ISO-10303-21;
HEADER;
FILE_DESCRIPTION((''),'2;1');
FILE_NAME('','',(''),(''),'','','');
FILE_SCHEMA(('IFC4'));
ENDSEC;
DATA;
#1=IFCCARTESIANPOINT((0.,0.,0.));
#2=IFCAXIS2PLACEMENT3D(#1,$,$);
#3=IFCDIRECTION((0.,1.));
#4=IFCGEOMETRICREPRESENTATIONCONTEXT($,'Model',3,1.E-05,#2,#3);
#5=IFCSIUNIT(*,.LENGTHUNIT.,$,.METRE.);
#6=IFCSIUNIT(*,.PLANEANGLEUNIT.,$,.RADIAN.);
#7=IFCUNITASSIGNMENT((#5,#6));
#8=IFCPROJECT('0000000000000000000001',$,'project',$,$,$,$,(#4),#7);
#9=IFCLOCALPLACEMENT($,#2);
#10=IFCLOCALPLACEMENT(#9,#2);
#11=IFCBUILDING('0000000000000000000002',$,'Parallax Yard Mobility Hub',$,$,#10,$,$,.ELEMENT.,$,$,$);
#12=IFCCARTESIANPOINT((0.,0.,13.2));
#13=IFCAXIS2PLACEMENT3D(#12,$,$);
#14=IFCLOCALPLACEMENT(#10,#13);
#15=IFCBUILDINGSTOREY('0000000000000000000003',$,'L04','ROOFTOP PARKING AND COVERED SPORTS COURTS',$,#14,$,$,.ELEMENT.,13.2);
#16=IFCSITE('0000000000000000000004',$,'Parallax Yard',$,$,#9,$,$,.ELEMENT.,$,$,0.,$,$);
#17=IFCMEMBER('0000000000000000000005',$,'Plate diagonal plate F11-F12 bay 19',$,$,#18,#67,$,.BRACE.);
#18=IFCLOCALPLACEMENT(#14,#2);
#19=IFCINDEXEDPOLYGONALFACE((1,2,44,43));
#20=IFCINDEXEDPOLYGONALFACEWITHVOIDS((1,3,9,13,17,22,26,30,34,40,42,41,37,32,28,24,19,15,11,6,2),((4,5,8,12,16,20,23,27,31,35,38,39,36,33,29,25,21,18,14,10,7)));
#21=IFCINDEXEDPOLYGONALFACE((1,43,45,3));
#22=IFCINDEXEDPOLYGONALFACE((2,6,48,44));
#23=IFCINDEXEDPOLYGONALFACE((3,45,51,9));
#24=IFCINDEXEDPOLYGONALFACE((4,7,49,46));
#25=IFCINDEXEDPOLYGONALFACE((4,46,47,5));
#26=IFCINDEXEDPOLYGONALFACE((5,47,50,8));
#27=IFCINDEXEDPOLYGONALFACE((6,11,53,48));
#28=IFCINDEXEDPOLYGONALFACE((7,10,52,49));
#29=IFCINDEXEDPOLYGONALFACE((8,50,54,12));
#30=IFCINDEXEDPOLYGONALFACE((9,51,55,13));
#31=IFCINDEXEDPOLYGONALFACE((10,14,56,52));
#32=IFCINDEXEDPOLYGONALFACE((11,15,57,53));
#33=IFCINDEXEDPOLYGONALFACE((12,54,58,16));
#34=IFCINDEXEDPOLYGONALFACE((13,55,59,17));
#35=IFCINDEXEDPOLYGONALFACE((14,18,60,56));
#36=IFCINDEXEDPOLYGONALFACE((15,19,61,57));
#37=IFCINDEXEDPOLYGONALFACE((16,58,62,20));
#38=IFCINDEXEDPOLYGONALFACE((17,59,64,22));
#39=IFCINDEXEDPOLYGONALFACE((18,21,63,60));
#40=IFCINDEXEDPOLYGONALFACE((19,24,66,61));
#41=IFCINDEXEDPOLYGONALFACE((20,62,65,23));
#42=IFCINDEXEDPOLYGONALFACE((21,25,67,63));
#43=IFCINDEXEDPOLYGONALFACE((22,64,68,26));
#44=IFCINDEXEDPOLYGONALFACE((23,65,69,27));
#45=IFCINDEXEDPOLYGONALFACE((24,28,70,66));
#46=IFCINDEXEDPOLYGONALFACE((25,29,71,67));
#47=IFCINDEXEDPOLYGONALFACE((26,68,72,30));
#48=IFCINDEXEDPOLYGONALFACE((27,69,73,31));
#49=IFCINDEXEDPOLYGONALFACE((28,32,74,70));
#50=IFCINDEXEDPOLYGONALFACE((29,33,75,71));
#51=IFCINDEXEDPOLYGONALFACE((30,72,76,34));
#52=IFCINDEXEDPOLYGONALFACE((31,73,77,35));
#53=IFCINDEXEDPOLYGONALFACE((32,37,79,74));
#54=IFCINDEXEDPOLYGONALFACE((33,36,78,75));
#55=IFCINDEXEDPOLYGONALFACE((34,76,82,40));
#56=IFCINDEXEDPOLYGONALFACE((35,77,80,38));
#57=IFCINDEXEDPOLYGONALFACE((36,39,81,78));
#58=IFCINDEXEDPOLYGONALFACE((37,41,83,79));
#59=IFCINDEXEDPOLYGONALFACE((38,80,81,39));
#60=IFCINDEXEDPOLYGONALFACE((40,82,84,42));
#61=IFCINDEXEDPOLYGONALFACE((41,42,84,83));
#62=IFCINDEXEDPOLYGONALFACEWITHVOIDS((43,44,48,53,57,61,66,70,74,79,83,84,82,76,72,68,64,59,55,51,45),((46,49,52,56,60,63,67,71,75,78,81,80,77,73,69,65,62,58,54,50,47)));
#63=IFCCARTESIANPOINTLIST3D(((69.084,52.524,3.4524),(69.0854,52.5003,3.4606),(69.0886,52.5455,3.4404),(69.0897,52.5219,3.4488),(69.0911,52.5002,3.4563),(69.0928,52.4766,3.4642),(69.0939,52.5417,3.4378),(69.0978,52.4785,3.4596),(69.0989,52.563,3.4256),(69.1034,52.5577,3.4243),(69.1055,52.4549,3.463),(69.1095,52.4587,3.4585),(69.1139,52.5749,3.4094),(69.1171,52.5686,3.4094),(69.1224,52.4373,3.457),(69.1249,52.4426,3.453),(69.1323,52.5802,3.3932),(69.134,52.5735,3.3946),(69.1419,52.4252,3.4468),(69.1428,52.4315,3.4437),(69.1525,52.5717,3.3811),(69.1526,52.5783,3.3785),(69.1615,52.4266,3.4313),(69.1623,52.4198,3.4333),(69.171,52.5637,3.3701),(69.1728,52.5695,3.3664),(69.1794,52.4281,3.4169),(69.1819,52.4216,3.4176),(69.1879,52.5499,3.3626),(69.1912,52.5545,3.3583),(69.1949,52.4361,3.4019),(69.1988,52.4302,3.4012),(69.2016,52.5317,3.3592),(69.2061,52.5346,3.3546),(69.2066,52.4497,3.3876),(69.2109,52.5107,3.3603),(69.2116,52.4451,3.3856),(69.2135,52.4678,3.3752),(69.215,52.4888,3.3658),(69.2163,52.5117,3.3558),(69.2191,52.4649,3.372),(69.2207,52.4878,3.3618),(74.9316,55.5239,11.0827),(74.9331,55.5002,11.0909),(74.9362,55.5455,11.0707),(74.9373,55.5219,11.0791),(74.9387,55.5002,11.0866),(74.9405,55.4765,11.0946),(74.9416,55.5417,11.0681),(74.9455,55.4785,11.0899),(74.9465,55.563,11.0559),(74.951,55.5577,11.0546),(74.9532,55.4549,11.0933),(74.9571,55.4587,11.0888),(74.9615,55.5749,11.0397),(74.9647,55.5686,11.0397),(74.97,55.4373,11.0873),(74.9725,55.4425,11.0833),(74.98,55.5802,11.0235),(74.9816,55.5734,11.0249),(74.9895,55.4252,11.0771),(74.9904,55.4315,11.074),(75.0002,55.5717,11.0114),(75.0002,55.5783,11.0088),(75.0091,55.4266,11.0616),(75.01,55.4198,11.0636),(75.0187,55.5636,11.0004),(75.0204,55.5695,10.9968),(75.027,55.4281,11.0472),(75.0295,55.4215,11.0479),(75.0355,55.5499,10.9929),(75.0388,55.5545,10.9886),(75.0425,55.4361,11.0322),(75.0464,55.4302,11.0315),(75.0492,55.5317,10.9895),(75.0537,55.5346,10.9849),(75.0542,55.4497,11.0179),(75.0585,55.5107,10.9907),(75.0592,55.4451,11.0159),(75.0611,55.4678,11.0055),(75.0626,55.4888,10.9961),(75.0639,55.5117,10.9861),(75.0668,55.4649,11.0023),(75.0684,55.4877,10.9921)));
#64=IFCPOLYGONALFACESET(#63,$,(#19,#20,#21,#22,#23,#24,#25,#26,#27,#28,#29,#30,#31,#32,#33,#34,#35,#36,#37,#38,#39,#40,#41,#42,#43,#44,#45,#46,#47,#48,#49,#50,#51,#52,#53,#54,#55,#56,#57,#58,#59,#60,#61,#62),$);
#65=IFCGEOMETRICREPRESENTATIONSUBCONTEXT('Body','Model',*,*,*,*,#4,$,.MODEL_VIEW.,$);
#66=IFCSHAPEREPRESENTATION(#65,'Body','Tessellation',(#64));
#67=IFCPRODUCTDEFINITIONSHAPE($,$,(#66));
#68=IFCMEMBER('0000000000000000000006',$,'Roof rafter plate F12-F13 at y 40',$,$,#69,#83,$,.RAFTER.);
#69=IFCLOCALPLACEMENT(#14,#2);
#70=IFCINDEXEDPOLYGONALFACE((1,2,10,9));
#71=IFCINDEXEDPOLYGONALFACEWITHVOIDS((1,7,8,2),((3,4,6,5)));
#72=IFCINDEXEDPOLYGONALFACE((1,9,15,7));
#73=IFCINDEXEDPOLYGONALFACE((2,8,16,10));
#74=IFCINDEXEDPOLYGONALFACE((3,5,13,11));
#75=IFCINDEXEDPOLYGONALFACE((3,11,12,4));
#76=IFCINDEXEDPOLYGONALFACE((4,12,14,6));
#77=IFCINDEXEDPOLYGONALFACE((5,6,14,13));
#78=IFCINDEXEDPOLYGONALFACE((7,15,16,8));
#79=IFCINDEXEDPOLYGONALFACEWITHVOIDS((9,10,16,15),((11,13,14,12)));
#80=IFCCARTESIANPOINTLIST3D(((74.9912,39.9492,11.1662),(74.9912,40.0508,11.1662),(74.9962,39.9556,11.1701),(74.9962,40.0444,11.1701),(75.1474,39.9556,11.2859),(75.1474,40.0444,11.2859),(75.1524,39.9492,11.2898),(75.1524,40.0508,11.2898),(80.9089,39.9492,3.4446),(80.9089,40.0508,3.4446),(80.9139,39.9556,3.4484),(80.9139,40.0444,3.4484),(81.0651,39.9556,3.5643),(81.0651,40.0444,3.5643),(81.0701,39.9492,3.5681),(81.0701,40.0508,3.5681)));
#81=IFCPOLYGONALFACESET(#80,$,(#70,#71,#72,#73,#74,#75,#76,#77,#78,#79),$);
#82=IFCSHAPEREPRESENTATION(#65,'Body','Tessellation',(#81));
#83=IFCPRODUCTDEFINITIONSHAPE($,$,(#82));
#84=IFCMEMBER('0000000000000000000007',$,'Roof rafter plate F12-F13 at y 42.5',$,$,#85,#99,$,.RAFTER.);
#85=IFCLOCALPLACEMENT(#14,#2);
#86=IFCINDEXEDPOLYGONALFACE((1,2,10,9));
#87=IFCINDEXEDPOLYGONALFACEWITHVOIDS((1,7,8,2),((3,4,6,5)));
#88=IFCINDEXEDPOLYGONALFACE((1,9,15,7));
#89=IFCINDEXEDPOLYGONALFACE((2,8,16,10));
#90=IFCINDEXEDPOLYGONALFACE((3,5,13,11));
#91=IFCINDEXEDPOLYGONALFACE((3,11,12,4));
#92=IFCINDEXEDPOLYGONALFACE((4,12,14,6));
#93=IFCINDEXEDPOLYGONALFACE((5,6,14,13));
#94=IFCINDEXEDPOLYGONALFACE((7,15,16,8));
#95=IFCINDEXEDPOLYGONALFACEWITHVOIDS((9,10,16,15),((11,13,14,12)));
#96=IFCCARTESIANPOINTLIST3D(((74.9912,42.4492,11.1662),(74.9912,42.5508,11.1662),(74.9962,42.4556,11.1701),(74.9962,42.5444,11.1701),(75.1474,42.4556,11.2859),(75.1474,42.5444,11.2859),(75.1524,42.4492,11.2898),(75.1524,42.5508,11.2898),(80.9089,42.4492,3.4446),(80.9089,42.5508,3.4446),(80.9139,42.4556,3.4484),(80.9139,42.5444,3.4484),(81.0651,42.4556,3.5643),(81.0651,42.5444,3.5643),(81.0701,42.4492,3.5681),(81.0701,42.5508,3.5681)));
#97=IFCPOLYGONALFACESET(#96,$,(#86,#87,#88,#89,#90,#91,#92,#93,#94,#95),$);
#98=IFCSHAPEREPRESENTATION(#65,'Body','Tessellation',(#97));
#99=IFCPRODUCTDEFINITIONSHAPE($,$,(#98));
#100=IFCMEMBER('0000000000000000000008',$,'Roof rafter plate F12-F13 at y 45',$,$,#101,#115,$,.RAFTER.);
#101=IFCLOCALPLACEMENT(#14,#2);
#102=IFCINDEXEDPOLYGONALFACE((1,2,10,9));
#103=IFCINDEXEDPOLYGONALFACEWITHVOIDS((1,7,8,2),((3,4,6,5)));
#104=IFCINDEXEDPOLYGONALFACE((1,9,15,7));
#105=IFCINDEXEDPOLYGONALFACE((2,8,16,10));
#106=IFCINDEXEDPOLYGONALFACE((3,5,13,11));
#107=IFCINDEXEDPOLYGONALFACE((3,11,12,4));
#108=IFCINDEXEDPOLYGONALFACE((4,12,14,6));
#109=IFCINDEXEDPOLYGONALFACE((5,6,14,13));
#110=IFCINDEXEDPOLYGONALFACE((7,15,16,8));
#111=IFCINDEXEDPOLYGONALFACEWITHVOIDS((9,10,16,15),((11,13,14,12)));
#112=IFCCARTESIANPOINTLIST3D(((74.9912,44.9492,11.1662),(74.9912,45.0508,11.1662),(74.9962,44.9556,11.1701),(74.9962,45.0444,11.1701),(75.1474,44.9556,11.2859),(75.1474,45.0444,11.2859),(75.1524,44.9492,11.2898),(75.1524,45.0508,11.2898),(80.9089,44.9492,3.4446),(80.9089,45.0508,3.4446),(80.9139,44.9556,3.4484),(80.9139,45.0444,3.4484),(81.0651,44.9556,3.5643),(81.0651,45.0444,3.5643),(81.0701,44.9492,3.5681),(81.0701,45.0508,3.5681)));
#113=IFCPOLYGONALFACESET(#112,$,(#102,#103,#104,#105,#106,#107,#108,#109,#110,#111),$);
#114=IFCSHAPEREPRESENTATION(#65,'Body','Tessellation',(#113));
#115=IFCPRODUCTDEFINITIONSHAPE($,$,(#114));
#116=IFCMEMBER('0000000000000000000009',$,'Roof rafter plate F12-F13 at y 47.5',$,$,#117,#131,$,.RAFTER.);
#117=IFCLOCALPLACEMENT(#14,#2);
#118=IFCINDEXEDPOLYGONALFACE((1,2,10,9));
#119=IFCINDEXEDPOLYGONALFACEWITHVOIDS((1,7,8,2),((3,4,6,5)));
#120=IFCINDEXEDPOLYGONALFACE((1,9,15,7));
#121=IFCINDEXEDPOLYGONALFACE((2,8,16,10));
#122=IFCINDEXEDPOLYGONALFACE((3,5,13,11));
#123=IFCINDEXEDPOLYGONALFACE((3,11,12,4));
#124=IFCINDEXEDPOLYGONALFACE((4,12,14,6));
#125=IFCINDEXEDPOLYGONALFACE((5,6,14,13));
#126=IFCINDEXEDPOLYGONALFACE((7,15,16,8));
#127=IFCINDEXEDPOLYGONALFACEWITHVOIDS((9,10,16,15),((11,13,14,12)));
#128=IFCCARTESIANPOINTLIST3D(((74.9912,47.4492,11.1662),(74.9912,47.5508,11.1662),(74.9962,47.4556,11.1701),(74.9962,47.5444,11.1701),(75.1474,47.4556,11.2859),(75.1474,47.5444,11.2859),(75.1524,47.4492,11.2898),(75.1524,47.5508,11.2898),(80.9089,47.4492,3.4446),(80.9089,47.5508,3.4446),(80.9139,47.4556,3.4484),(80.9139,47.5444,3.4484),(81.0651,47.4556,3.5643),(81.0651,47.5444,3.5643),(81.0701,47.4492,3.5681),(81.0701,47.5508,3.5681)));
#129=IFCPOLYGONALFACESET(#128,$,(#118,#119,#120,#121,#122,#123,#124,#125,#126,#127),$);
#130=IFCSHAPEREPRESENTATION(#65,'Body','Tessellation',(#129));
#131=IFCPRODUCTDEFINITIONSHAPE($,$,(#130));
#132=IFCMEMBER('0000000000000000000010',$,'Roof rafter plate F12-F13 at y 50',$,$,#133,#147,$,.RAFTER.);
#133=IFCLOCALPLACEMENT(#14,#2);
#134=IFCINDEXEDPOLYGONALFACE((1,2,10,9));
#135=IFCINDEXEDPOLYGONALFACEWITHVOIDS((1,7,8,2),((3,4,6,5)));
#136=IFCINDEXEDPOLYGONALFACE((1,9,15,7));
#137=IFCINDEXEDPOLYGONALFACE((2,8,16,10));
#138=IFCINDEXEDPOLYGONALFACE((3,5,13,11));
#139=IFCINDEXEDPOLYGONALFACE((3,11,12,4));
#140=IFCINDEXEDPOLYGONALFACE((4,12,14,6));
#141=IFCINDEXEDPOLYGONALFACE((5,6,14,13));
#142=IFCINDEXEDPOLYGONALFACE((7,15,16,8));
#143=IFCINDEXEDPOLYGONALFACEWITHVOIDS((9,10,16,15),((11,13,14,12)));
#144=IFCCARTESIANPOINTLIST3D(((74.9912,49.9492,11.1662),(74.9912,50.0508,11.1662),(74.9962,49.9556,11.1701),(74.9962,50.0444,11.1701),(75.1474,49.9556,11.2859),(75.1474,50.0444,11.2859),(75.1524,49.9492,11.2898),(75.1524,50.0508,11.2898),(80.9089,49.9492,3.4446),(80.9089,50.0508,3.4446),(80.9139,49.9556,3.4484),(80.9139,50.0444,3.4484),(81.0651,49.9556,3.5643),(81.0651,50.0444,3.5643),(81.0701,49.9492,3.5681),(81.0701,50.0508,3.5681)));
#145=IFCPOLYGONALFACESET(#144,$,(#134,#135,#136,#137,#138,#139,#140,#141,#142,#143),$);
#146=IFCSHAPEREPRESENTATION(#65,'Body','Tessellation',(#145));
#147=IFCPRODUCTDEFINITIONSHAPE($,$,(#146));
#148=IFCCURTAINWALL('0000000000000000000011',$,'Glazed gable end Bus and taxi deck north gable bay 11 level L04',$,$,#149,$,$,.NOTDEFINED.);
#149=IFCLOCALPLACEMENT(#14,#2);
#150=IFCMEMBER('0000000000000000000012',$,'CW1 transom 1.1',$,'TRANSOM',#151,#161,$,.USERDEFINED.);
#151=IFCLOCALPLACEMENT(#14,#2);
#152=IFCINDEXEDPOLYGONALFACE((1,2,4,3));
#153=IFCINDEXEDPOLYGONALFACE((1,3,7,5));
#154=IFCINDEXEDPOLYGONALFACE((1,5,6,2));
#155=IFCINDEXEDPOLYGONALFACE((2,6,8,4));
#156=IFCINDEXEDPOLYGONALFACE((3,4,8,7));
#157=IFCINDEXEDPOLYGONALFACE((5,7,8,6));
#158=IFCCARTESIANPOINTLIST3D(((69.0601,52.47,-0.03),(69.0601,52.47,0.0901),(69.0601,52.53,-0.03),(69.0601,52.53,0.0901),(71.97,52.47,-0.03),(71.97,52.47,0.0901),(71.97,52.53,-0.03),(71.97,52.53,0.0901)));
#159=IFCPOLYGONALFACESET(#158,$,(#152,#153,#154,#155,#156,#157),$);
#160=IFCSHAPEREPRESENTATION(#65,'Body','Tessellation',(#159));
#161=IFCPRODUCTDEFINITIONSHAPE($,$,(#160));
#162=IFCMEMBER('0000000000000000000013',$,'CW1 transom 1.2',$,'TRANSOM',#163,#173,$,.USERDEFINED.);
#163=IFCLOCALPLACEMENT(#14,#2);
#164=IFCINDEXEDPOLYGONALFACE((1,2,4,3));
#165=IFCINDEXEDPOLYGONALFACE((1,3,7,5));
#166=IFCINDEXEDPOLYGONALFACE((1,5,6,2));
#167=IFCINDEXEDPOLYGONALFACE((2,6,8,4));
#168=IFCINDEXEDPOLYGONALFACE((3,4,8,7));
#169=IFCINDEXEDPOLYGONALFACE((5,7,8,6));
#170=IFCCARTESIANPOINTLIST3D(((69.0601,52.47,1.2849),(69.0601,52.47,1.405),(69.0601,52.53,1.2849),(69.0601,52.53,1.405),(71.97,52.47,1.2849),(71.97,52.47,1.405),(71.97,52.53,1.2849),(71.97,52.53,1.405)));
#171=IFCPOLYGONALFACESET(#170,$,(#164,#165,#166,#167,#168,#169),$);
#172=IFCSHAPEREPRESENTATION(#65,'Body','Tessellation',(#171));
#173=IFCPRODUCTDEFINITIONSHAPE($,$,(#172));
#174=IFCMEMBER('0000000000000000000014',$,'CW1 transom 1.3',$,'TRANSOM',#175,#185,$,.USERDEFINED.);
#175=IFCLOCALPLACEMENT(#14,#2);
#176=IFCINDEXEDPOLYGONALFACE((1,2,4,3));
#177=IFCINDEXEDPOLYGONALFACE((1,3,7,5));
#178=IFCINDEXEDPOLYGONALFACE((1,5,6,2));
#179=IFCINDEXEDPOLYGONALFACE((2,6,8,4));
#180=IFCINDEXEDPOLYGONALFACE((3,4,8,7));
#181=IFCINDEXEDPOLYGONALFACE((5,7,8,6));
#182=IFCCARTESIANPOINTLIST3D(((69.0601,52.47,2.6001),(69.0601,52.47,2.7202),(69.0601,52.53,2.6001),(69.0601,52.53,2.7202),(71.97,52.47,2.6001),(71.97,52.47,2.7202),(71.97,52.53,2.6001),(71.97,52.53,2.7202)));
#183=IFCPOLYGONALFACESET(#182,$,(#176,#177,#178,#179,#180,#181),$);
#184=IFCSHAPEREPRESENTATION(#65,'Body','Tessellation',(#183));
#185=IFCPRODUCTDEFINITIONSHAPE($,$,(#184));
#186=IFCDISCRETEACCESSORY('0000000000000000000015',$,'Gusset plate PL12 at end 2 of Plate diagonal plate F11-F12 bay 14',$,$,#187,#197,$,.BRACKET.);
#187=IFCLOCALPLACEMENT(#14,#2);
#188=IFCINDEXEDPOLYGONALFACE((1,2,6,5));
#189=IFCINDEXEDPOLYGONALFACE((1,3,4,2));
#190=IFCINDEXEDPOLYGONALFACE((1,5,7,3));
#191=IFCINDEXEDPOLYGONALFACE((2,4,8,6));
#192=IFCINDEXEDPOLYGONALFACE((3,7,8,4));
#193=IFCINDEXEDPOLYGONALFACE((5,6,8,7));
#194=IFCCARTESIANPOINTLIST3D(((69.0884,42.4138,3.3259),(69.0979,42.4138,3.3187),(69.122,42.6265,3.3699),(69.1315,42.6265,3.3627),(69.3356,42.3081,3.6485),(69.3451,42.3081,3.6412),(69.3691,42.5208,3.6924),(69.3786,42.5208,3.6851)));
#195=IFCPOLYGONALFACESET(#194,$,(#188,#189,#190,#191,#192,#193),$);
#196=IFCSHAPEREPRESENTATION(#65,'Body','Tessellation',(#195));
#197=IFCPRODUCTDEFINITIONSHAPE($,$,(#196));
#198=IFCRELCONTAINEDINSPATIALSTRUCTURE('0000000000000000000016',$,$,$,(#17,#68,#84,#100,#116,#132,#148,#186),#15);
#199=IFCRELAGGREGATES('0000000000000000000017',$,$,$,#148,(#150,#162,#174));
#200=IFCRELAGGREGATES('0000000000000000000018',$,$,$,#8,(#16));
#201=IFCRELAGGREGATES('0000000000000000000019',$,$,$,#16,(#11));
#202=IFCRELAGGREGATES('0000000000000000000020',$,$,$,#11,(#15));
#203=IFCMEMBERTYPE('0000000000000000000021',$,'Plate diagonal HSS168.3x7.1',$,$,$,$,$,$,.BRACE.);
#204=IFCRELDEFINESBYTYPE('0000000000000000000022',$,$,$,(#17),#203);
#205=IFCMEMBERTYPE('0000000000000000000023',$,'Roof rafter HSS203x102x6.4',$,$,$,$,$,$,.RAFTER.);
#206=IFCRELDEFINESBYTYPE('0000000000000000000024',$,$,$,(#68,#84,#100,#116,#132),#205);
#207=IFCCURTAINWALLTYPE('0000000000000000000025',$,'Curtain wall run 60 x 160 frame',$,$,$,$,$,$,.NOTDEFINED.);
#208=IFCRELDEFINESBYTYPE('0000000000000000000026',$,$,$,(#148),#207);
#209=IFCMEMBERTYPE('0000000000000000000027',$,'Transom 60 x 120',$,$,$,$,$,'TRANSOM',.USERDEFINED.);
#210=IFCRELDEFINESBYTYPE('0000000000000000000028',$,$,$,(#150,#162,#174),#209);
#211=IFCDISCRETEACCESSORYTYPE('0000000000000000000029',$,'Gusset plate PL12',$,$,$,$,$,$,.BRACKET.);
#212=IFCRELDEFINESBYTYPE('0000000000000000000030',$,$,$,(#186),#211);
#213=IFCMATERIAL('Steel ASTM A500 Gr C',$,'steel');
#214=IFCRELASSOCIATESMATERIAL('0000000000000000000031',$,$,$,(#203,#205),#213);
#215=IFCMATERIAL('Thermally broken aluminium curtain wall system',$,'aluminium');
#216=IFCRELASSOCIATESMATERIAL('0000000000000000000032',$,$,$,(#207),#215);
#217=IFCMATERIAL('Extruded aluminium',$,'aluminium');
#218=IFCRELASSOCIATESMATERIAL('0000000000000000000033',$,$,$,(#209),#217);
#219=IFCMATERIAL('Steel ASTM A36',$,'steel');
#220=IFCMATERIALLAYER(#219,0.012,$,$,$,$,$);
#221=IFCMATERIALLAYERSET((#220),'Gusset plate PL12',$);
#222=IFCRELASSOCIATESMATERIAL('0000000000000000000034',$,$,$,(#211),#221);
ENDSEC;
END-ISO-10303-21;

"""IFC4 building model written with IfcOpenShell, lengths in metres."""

from ifc_helpers import new_model, si_unit, direction, frame, origin, origin_2d, place, context, subcontext, project, spatial, polyline, rectangle, hollow_rectangle, hollow_circle, outline, extrude, material, layer, layer_set, material_profile, profile_set, type_object, element, aggregate, save


model = new_model("IFC4")

# Units and contexts
model_context = context("Model", 3, precision=1e-05, world=origin(), true_north=direction((0.0, 1.0)))
body_context = subcontext(model_context, "Body", "Model", "MODEL_VIEW")
ifc_project = project(units=[si_unit("LENGTHUNIT", "METRE"), si_unit("PLANEANGLEUNIT", "RADIAN")], contexts=[model_context])

# Site, building, storey
site_placement = place(None, origin())
site = spatial("IfcSite", under=ifc_project, at=site_placement, Name="Parallax Yard", CompositionType="ELEMENT", RefElevation=0.0)
building_placement = place(site_placement, origin())
building = spatial("IfcBuilding", under=site, at=building_placement, Name="Parallax Yard Mobility Hub", CompositionType="ELEMENT")
storey_placement = place(building_placement, frame((0.0, 0.0, 13.2)))
storey = spatial("IfcBuildingStorey", under=building, at=storey_placement, Name="L04", Description="ROOFTOP PARKING AND COVERED SPORTS COURTS", CompositionType="ELEMENT", Elevation=13.2)

# Members
ifc_material_1 = material(Name="Steel ASTM A500 Gr C", Category="steel")
ifc_material_profile_1 = material_profile(ifc_material_1, hollow_circle(Radius=0.0842, WallThickness=0.0071, at=origin_2d()), Name="HSS168.3x7.1")
ifc_profile_set_1 = profile_set([ifc_material_profile_1], Name="Steel ASTM A500 Gr C")
member_type_1 = type_object("IfcMemberType", Name="Plate diagonal HSS168.3x7.1", PredefinedType="BRACE", material=ifc_profile_set_1)
member_1_placement = place(storey_placement, frame((69.1523, 52.5, 3.4094), z_axis=(0.580664, 0.297896, 0.757685), x_axis=(-0.456461, 0.889743, 0.0)))
element("IfcMember", 1, at=member_1_placement, inside=storey, type_object=member_type_1, Name="Plate diagonal plate F11-F12 bay 19", PredefinedType="BRACE", context=body_context, shape_type="SweptSolid", body=[
    extrude(hollow_circle(Radius=0.0842, WallThickness=0.0071, at=origin_2d()), origin(), (0.0, 0.0, 1.0), 10.0706),
])
ifc_material_profile_2 = material_profile(ifc_material_1, hollow_rectangle(XDim=0.1016, YDim=0.2031, WallThickness=0.0063, at=origin_2d()), Name="HSS203x102x6.4")
ifc_profile_set_2 = profile_set([ifc_material_profile_2], Name="Steel ASTM A500 Gr C")
member_type_2 = type_object("IfcMemberType", Name="Roof rafter HSS203x102x6.4", PredefinedType="RAFTER", material=ifc_profile_set_2)
for number, where, z_axis, x_axis, name in (
    (2, (75.0718, 40.0, 11.228), (0.608287, 0.0, -0.793717), (0.0, 1.0, 0.0), "Roof rafter plate F12-F13 at y 40"),
    (3, (75.0718, 42.5, 11.228), (0.608287, 0.0, -0.793717), (0.0, 1.0, 0.0), "Roof rafter plate F12-F13 at y 42.5"),
    (4, (75.0718, 45.0, 11.228), (0.608287, 0.0, -0.793717), (0.0, 1.0, 0.0), "Roof rafter plate F12-F13 at y 45"),
    (5, (75.0718, 47.5, 11.228), (0.608287, 0.0, -0.793717), (0.0, 1.0, 0.0), "Roof rafter plate F12-F13 at y 47.5"),
    (6, (75.0718, 50.0, 11.228), (0.608287, 0.0, -0.793717), (0.0, 1.0, 0.0), "Roof rafter plate F12-F13 at y 50"),
):
    element("IfcMember", number, at=place(storey_placement, frame(where, z_axis=z_axis, x_axis=x_axis)), inside=storey, type_object=member_type_2, Name=name, PredefinedType="RAFTER", context=body_context, shape_type="SweptSolid", body=[
        extrude(hollow_rectangle(XDim=0.1016, YDim=0.2031, WallThickness=0.0063, at=origin_2d()), origin(), (0.0, 0.0, 1.0), 9.7285),
    ])

# Curtain wall, members
ifc_material_2 = material(Name="Thermally broken aluminium curtain wall system", Category="aluminium")
curtain_wall_type = type_object("IfcCurtainWallType", Name="Curtain wall run 60 x 160 frame", PredefinedType="NOTDEFINED", material=ifc_material_2)
curtain_wall_placement = place(storey_placement, origin())
curtain_wall = element("IfcCurtainWall", 7, at=curtain_wall_placement, inside=storey, type_object=curtain_wall_type, Name="Glazed gable end Bus and taxi deck north gable bay 11 level L04", PredefinedType="NOTDEFINED")
ifc_material_3 = material(Name="Extruded aluminium", Category="aluminium")
ifc_material_profile_3 = material_profile(ifc_material_3, rectangle(XDim=0.0601, YDim=0.1201, at=origin_2d()), Name="Transom 60 x 120")
ifc_profile_set_3 = profile_set([ifc_material_profile_3], Name="Extruded aluminium")
member_type_3 = type_object("IfcMemberType", Name="Transom 60 x 120", ElementType="TRANSOM", PredefinedType="USERDEFINED", material=ifc_profile_set_3)
member_2_placement = place(storey_placement, frame((69.0601, 52.5, 0.03), z_axis=(1.0, 0.0, 0.0), x_axis=(0.0, 1.0, 0.0)))
member_2 = element("IfcMember", 8, at=member_2_placement, type_object=member_type_3, Name="CW1 transom 1.1", ObjectType="TRANSOM", PredefinedType="USERDEFINED", context=body_context, shape_type="SweptSolid", body=[
    extrude(rectangle(XDim=0.0601, YDim=0.1201, at=origin_2d()), origin(), (0.0, 0.0, 1.0), 2.9099),
])
member_3_placement = place(storey_placement, frame((69.0601, 52.5, 1.345), z_axis=(1.0, 0.0, 0.0), x_axis=(0.0, 1.0, 0.0)))
member_3 = element("IfcMember", 9, at=member_3_placement, type_object=member_type_3, Name="CW1 transom 1.2", ObjectType="TRANSOM", PredefinedType="USERDEFINED", context=body_context, shape_type="SweptSolid", body=[
    extrude(rectangle(XDim=0.0601, YDim=0.1201, at=origin_2d()), origin(), (0.0, 0.0, 1.0), 2.9099),
])
member_4_placement = place(storey_placement, frame((69.0601, 52.5, 2.6602), z_axis=(1.0, 0.0, 0.0), x_axis=(0.0, 1.0, 0.0)))
member_4 = element("IfcMember", 10, at=member_4_placement, type_object=member_type_3, Name="CW1 transom 1.3", ObjectType="TRANSOM", PredefinedType="USERDEFINED", context=body_context, shape_type="SweptSolid", body=[
    extrude(rectangle(XDim=0.0601, YDim=0.1201, at=origin_2d()), origin(), (0.0, 0.0, 1.0), 2.9099),
])
aggregate(curtain_wall, [member_2, member_3, member_4])

# Discrete accessory
ifc_material_4 = material(Name="Steel ASTM A36", Category="steel")
ifc_layer = layer(ifc_material_4, 0.012)
ifc_layer_set = layer_set([ifc_layer], Name="Gusset plate PL12")
discrete_accessory_type = type_object("IfcDiscreteAccessoryType", Name="Gusset plate PL12", PredefinedType="BRACKET", material=ifc_layer_set)
discrete_accessory_1_placement = place(storey_placement, frame((69.3691, 42.5208, 3.6924), z_axis=(-0.793746, -0.000396, 0.608249), x_axis=(-0.588727, 0.251818, -0.768107)))
element("IfcDiscreteAccessory", 11, at=discrete_accessory_1_placement, inside=storey, type_object=discrete_accessory_type, Name="Gusset plate PL12 at end 2 of Plate diagonal plate F11-F12 bay 14", PredefinedType="BRACKET", context=body_context, shape_type="SweptSolid", body=[
    extrude(outline(polyline([(0.0, 0.0), (0.4198, 0.0), (0.4198, 0.2197), (-0.0001, 0.2197), (0.0, 0.0)])), origin(), (0.0, 0.0, -1.0), 0.012),
])

save(model, "model.ifc")
